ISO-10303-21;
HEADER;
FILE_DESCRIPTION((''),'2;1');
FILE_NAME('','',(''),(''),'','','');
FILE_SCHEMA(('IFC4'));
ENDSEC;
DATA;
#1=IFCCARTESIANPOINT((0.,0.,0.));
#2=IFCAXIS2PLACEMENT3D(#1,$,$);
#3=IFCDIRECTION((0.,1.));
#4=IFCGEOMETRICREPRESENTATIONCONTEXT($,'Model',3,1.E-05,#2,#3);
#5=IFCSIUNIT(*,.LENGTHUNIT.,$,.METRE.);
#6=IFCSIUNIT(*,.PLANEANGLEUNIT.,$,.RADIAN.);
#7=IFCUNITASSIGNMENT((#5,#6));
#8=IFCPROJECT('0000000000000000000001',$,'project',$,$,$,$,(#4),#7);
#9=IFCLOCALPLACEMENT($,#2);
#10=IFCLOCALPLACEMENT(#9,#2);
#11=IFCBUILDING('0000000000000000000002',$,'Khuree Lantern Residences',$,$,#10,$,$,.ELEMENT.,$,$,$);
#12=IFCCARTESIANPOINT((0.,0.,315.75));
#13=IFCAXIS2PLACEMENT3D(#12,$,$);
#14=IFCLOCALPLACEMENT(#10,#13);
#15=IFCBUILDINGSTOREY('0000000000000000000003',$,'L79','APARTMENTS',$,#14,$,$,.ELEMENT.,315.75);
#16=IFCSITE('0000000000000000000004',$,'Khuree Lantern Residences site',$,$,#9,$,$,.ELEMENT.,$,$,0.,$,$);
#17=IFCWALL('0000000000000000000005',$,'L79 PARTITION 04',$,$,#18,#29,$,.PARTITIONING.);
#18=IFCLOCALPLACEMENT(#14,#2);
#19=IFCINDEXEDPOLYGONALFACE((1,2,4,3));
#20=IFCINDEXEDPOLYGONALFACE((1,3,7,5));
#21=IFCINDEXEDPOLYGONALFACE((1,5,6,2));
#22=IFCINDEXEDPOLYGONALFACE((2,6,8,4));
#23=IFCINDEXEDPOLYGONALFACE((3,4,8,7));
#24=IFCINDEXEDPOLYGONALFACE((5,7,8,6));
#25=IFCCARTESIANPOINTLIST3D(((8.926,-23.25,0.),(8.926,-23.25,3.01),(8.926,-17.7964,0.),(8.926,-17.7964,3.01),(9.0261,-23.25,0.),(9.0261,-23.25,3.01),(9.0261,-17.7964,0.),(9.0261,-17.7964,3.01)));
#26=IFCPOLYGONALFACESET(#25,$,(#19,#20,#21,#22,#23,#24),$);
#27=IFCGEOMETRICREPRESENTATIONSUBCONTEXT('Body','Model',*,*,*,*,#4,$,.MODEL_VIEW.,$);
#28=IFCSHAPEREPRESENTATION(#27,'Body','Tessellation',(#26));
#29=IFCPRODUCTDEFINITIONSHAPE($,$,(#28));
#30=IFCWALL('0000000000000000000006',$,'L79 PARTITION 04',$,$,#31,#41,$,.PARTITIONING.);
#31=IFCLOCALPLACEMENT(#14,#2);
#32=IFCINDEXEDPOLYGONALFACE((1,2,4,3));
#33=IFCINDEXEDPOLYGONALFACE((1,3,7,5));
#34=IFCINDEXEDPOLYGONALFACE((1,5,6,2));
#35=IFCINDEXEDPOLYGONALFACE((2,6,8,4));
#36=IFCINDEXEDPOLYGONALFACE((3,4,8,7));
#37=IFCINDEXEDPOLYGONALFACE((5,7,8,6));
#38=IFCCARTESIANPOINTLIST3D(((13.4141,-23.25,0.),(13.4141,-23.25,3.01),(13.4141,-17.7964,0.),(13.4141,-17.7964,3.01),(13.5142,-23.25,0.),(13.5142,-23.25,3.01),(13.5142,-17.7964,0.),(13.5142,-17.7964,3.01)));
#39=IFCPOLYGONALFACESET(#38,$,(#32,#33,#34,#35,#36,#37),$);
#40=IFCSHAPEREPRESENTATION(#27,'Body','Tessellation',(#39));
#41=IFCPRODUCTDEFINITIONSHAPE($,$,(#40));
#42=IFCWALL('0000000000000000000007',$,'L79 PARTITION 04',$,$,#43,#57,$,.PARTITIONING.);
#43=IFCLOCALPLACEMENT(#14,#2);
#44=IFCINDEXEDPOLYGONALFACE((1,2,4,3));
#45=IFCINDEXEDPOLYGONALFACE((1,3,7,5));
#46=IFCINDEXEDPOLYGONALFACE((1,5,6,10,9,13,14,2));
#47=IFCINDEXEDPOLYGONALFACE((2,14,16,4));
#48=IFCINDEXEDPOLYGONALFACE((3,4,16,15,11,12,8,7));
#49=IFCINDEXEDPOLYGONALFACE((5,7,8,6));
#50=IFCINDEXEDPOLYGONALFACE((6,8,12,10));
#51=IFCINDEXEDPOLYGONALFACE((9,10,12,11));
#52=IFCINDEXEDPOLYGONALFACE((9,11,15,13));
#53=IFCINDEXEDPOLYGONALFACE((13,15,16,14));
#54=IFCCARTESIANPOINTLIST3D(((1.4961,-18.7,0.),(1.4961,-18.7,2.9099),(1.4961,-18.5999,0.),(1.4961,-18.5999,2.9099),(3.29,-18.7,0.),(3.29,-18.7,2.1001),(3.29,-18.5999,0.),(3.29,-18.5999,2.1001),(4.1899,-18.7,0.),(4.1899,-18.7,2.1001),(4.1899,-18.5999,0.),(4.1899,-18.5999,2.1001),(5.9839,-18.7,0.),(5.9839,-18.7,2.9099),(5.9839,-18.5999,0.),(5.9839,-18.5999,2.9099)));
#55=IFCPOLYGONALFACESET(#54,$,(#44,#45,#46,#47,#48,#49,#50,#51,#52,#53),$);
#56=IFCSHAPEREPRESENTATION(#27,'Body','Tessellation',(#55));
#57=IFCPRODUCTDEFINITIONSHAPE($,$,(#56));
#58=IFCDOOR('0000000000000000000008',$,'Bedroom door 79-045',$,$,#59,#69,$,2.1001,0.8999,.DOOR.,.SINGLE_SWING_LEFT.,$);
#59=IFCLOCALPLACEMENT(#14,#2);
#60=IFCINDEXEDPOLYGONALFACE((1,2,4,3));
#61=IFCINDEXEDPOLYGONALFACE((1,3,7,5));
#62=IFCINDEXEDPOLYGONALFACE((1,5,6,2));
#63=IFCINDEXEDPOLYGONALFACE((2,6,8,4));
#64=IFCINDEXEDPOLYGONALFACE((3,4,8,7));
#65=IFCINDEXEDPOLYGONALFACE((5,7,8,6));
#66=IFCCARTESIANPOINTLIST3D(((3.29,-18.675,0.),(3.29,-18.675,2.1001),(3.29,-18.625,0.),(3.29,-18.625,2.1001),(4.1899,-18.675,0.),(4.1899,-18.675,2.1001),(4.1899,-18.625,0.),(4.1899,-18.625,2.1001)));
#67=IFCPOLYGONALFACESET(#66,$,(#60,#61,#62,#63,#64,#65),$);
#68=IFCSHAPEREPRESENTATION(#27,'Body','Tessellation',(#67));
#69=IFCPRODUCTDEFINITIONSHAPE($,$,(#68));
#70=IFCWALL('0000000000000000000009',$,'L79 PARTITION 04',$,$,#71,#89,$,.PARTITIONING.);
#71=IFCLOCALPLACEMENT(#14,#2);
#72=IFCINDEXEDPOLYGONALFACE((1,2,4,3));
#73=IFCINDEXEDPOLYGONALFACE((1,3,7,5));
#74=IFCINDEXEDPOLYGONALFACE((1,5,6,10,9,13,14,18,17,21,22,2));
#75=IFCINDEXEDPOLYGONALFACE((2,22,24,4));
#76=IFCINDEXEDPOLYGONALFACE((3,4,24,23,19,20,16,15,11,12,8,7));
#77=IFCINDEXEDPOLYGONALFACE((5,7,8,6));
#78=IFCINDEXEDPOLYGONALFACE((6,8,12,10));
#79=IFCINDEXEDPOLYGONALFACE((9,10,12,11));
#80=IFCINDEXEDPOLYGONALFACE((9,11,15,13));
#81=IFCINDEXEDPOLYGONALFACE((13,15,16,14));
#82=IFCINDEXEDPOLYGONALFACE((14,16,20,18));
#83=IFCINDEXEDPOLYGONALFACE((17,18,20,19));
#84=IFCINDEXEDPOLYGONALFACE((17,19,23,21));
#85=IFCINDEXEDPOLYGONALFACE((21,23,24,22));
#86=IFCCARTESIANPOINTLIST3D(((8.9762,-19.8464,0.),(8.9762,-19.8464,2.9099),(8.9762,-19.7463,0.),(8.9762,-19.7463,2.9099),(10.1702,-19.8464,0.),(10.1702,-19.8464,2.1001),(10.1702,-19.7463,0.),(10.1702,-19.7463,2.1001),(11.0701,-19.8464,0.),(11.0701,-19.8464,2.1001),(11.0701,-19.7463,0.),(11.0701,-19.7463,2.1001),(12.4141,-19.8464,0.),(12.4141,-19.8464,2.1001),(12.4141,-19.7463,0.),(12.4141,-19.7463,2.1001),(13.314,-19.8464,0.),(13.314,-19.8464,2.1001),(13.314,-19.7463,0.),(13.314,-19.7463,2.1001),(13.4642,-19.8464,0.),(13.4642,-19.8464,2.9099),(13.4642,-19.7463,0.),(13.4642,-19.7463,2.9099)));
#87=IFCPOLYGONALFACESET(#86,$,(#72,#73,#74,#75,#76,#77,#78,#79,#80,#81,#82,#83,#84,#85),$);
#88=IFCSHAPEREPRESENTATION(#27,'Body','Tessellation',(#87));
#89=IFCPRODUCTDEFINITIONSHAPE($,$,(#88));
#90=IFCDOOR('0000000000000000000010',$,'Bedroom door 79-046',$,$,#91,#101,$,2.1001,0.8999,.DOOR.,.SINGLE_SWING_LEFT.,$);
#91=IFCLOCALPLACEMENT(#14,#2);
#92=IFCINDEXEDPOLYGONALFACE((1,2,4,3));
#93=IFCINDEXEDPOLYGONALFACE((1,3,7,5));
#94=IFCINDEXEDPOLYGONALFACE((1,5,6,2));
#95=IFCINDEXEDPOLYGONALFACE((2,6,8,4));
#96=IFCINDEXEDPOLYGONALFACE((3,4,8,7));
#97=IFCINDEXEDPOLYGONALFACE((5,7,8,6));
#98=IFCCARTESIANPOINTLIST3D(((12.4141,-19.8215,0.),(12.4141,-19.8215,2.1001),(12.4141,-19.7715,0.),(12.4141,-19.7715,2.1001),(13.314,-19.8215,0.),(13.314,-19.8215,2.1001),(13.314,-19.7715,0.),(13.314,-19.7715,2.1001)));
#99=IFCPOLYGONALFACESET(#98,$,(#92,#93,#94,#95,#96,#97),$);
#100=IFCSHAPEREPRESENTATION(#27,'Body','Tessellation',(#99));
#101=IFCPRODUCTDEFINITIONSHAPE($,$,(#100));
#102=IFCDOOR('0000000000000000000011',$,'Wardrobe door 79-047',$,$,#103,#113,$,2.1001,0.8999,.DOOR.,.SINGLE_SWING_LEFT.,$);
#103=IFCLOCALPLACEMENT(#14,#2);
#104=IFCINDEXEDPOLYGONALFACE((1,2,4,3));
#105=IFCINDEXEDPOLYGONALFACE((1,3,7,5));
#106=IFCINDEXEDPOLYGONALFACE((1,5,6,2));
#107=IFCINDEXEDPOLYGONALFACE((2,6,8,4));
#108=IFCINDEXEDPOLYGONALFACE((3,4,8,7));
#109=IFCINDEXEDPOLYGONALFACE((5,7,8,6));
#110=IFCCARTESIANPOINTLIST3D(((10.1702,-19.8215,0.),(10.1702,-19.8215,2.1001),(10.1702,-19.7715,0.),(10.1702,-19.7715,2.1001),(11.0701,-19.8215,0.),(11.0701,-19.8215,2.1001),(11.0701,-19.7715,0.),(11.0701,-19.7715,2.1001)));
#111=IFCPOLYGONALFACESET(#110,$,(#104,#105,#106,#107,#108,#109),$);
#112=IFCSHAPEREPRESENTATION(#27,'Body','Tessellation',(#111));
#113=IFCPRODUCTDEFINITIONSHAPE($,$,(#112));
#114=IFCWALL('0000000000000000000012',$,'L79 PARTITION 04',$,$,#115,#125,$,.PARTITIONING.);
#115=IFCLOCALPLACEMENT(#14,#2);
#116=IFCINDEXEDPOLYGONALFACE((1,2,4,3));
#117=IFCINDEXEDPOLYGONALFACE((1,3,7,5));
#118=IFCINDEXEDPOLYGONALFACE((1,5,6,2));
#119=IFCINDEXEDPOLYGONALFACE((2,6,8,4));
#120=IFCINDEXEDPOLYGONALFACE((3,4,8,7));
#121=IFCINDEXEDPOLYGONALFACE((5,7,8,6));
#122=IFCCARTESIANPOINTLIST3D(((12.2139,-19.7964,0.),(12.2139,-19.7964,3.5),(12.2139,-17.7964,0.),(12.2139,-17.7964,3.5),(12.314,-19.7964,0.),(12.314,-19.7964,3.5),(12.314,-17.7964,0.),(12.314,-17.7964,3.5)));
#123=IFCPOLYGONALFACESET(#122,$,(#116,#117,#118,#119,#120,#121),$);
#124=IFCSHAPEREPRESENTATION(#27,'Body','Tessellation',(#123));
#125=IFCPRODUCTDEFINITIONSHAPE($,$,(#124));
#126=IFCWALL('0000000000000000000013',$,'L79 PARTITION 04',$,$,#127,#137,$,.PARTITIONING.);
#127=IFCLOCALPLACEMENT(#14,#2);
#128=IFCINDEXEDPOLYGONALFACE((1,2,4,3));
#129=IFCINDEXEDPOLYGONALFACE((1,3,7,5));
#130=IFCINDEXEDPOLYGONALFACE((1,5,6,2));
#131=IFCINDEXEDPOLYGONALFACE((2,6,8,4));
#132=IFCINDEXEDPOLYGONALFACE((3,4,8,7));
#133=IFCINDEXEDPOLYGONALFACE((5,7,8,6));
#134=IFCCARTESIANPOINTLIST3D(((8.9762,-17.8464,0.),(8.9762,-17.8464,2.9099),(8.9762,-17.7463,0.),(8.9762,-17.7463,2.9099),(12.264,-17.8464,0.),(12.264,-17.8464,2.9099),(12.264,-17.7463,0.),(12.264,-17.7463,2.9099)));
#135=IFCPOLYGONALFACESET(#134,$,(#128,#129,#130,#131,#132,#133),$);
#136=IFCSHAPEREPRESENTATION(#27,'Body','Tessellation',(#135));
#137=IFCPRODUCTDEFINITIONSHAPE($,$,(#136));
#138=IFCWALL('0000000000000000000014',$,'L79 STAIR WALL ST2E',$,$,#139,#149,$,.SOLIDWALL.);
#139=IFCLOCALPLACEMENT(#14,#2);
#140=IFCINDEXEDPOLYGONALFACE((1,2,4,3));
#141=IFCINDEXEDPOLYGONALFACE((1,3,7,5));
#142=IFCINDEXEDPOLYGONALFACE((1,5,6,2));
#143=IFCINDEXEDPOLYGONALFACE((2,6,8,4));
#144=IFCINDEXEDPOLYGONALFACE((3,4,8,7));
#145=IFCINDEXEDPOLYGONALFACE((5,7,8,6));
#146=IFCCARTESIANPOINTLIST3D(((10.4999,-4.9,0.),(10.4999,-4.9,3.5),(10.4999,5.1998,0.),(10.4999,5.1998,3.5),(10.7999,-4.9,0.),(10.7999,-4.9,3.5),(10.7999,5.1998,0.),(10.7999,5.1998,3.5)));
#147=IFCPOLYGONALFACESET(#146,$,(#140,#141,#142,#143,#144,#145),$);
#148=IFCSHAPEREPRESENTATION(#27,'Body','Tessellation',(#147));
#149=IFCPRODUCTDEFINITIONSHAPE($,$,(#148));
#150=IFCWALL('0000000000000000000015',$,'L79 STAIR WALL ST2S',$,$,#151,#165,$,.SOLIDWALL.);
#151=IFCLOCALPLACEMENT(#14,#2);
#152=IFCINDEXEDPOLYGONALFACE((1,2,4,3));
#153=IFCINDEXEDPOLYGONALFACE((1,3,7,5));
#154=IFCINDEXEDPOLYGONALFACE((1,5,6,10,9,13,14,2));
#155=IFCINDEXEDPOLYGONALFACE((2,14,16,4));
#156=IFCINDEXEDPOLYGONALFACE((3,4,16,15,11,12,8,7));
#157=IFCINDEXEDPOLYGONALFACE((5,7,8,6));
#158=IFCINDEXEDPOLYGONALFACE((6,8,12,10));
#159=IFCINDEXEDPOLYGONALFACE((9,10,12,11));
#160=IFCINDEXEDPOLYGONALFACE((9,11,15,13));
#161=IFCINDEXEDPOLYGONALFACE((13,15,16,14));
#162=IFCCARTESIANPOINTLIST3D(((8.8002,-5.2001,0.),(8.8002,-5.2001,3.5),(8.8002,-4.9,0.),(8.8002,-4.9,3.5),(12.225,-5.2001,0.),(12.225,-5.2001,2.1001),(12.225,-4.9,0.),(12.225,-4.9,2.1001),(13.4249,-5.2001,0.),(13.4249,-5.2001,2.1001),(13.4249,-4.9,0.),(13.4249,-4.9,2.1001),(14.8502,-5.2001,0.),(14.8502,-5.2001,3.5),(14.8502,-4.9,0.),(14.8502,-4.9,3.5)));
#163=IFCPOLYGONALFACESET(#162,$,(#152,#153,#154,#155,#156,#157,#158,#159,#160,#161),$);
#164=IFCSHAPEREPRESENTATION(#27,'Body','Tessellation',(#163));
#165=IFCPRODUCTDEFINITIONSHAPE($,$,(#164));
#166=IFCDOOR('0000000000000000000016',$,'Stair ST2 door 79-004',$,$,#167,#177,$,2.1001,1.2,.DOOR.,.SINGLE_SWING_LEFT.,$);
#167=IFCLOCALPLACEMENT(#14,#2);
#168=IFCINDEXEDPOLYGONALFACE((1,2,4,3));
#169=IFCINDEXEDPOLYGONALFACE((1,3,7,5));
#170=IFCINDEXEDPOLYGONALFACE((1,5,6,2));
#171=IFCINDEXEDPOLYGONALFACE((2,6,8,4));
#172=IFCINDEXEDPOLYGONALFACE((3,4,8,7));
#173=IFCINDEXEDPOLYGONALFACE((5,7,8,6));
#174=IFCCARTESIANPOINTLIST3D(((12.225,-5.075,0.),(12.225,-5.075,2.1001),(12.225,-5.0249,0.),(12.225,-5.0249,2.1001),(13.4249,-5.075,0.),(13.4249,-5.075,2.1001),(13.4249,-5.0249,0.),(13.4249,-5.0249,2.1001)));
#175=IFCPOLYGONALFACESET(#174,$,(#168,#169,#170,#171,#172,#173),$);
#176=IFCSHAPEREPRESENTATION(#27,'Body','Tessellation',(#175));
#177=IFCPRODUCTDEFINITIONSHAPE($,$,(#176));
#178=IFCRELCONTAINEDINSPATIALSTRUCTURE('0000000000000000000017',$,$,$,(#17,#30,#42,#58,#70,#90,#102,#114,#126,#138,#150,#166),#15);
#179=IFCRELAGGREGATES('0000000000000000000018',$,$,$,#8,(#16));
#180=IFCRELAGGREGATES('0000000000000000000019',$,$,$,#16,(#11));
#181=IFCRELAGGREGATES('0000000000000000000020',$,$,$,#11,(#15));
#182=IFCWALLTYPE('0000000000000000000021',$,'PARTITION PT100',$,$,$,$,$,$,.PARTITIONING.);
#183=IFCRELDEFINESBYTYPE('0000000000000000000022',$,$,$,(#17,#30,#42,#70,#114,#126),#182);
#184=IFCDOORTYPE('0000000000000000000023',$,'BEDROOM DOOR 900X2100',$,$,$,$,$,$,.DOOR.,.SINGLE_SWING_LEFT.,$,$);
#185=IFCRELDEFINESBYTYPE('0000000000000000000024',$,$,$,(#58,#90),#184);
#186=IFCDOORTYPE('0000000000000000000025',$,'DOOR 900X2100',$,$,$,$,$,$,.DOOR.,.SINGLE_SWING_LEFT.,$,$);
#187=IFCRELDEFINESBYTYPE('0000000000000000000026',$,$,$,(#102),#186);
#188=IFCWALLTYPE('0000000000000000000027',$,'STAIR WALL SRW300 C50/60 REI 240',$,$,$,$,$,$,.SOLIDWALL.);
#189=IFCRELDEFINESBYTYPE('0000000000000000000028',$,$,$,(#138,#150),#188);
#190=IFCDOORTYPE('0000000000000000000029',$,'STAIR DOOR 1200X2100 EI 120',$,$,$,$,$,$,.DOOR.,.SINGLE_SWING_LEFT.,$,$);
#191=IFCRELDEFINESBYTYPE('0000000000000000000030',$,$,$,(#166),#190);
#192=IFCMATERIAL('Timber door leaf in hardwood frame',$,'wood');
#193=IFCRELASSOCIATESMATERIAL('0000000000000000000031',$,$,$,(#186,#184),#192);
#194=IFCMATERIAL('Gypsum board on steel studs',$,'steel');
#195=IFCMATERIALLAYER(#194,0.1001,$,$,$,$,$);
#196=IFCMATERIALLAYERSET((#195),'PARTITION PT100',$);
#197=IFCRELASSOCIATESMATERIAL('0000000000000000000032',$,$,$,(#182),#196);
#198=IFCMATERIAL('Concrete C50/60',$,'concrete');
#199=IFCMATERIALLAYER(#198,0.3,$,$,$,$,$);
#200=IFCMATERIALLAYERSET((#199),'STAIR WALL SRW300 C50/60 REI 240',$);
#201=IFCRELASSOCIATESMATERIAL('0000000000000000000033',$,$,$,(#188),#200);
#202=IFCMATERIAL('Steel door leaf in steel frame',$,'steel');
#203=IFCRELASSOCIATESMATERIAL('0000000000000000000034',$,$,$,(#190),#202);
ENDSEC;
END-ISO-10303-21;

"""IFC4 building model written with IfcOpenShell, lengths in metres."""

from ifc_helpers import new_model, si_unit, direction, frame, frame_2d, origin, place, context, subcontext, project, spatial, rectangle, extrude, material, layer, layer_set, type_object, element, fill, save


model = new_model("IFC4")

# Units and contexts
model_context = context("Model", 3, precision=1e-05, world=origin(), true_north=direction((0.0, 1.0)))
body_context = subcontext(model_context, "Body", "Model", "MODEL_VIEW")
ifc_project = project(units=[si_unit("LENGTHUNIT", "METRE"), si_unit("PLANEANGLEUNIT", "RADIAN")], contexts=[model_context])

# Site, building, storey
site_placement = place(None, origin())
site = spatial("IfcSite", under=ifc_project, at=site_placement, Name="Khuree Lantern Residences site", CompositionType="ELEMENT", RefElevation=0.0)
building_placement = place(site_placement, origin())
building = spatial("IfcBuilding", under=site, at=building_placement, Name="Khuree Lantern Residences", CompositionType="ELEMENT")
storey_placement = place(building_placement, frame((0.0, 0.0, 315.75)))
storey = spatial("IfcBuildingStorey", under=building, at=storey_placement, Name="L79", Description="APARTMENTS", CompositionType="ELEMENT", Elevation=315.75)

# Shared definitions
ifc_material_1 = material(Name="Timber door leaf in hardwood frame", Category="wood")
door_type_1 = type_object("IfcDoorType", Name="DOOR 900X2100", OperationType="SINGLE_SWING_LEFT", PredefinedType="DOOR", material=ifc_material_1)

# Walls
ifc_material_2 = material(Name="Gypsum board on steel studs", Category="steel")
ifc_layer_1 = layer(ifc_material_2, 0.1001)
ifc_layer_set_1 = layer_set([ifc_layer_1], Name="PARTITION PT100")
wall_type_1 = type_object("IfcWallType", Name="PARTITION PT100", PredefinedType="PARTITIONING", material=ifc_layer_set_1)
for number, where, z_axis, x_axis, name in (
    (1, (8.9761, -17.7964, 0.0), (0.0, 0.0, 1.0), (0.0, -1.0, 0.0), "L79 PARTITION 04"),
    (2, (13.4641, -17.7964, 0.0), (0.0, 0.0, 1.0), (0.0, -1.0, 0.0), "L79 PARTITION 04"),
):
    element("IfcWall", number, at=place(storey_placement, frame(where, z_axis=z_axis, x_axis=x_axis)), inside=storey, type_object=wall_type_1, Name=name, PredefinedType="PARTITIONING", context=body_context, shape_type="SweptSolid", body=[
        extrude(rectangle(XDim=5.4536, YDim=0.1001, at=frame_2d((2.7268, 0.0))), origin(), (0.0, 0.0, 1.0), 3.01),
    ])

# Wall, opening, door
wall_1_placement = place(storey_placement, frame((1.4961, -18.6499, 0.0), z_axis=(0.0, 0.0, 1.0), x_axis=(1.0, 0.0, 0.0)))
wall_1 = element("IfcWall", 3, at=wall_1_placement, inside=storey, type_object=wall_type_1, Name="L79 PARTITION 04", PredefinedType="PARTITIONING", context=body_context, shape_type="SweptSolid", body=[
    extrude(rectangle(XDim=4.4878, YDim=0.1001, at=frame_2d((2.2439, 0.0))), origin(), (0.0, 0.0, 1.0), 2.9099),
])
opening_1_placement = place(wall_1_placement, frame((1.7939, 0.0, 0.0)))
opening_1 = element("IfcOpeningElement", 4, at=opening_1_placement, cuts=wall_1, PredefinedType="OPENING", context=body_context, shape_type="SweptSolid", body=[
    extrude(rectangle(XDim=0.8999, YDim=2.1001, at=frame_2d((0.45, 1.05))), frame((0.0, 0.0601, 0.0), z_axis=(0.0, -1.0, 0.0), x_axis=(1.0, 0.0, 0.0)), (0.0, 0.0, 1.0), 0.1201),
])
door_type_2 = type_object("IfcDoorType", Name="BEDROOM DOOR 900X2100", OperationType="SINGLE_SWING_LEFT", PredefinedType="DOOR", material=ifc_material_1)
door_1_placement = place(opening_1_placement, origin())
door_1 = element("IfcDoor", 5, at=door_1_placement, inside=storey, type_object=door_type_2, Name="Bedroom door 79-045", OperationType="SINGLE_SWING_LEFT", OverallHeight=2.1001, OverallWidth=0.8999, PredefinedType="DOOR", context=body_context, shape_type="SweptSolid", body=[
    extrude(rectangle(XDim=0.8999, YDim=2.1001, at=frame_2d((0.45, 1.05))), frame((0.0, 0.0249, 0.0), z_axis=(0.0, -1.0, 0.0), x_axis=(1.0, 0.0, 0.0)), (0.0, 0.0, 1.0), 0.05),
])
fill(opening_1, door_1)

# Wall, openings, doors
wall_2_placement = place(storey_placement, frame((8.9761, -19.7964, 0.0), z_axis=(0.0, 0.0, 1.0), x_axis=(1.0, 0.0, 0.0)))
wall_2 = element("IfcWall", 6, at=wall_2_placement, inside=storey, type_object=wall_type_1, Name="L79 PARTITION 04", PredefinedType="PARTITIONING", context=body_context, shape_type="SweptSolid", body=[
    extrude(rectangle(XDim=4.488, YDim=0.1001, at=frame_2d((2.2441, 0.0))), origin(), (0.0, 0.0, 1.0), 2.9099),
])
opening_2_placement = place(wall_2_placement, frame((3.438, 0.0, 0.0)))
opening_2 = element("IfcOpeningElement", 7, at=opening_2_placement, cuts=wall_2, PredefinedType="OPENING", context=body_context, shape_type="SweptSolid", body=[
    extrude(rectangle(XDim=0.8999, YDim=2.1001, at=frame_2d((0.45, 1.05))), frame((0.0, 0.0601, 0.0), z_axis=(0.0, -1.0, 0.0), x_axis=(1.0, 0.0, 0.0)), (0.0, 0.0, 1.0), 0.1201),
])
opening_3_placement = place(wall_2_placement, frame((1.1941, 0.0, 0.0)))
opening_3 = element("IfcOpeningElement", 8, at=opening_3_placement, cuts=wall_2, PredefinedType="OPENING", context=body_context, shape_type="SweptSolid", body=[
    extrude(rectangle(XDim=0.8999, YDim=2.1001, at=frame_2d((0.45, 1.05))), frame((0.0, 0.0601, 0.0), z_axis=(0.0, -1.0, 0.0), x_axis=(1.0, 0.0, 0.0)), (0.0, 0.0, 1.0), 0.1201),
])
door_2_placement = place(opening_2_placement, origin())
door_2 = element("IfcDoor", 9, at=door_2_placement, inside=storey, type_object=door_type_2, Name="Bedroom door 79-046", OperationType="SINGLE_SWING_LEFT", OverallHeight=2.1001, OverallWidth=0.8999, PredefinedType="DOOR", context=body_context, shape_type="SweptSolid", body=[
    extrude(rectangle(XDim=0.8999, YDim=2.1001, at=frame_2d((0.45, 1.05))), frame((0.0, 0.0249, 0.0), z_axis=(0.0, -1.0, 0.0), x_axis=(1.0, 0.0, 0.0)), (0.0, 0.0, 1.0), 0.05),
])
fill(opening_2, door_2)
door_3_placement = place(opening_3_placement, origin())
door_3 = element("IfcDoor", 10, at=door_3_placement, inside=storey, type_object=door_type_1, Name="Wardrobe door 79-047", OperationType="SINGLE_SWING_LEFT", OverallHeight=2.1001, OverallWidth=0.8999, PredefinedType="DOOR", context=body_context, shape_type="SweptSolid", body=[
    extrude(rectangle(XDim=0.8999, YDim=2.1001, at=frame_2d((0.45, 1.05))), frame((0.0, 0.0249, 0.0), z_axis=(0.0, -1.0, 0.0), x_axis=(1.0, 0.0, 0.0)), (0.0, 0.0, 1.0), 0.05),
])
fill(opening_3, door_3)

# Walls
wall_3_placement = place(storey_placement, frame((12.2639, -17.7964, 0.0), z_axis=(0.0, 0.0, 1.0), x_axis=(0.0, -1.0, 0.0)))
element("IfcWall", 11, at=wall_3_placement, inside=storey, type_object=wall_type_1, Name="L79 PARTITION 04", PredefinedType="PARTITIONING", context=body_context, shape_type="SweptSolid", body=[
    extrude(rectangle(XDim=2.0, YDim=0.1001, at=frame_2d((1.0, 0.0))), origin(), (0.0, 0.0, 1.0), 3.5),
])
wall_4_placement = place(storey_placement, frame((8.9761, -17.7964, 0.0), z_axis=(0.0, 0.0, 1.0), x_axis=(1.0, 0.0, 0.0)))
element("IfcWall", 12, at=wall_4_placement, inside=storey, type_object=wall_type_1, Name="L79 PARTITION 04", PredefinedType="PARTITIONING", context=body_context, shape_type="SweptSolid", body=[
    extrude(rectangle(XDim=3.2878, YDim=0.1001, at=frame_2d((1.644, 0.0))), origin(), (0.0, 0.0, 1.0), 2.9099),
])
ifc_material_3 = material(Name="Concrete C50/60", Category="concrete")
ifc_layer_2 = layer(ifc_material_3, 0.3)
ifc_layer_set_2 = layer_set([ifc_layer_2], Name="STAIR WALL SRW300 C50/60 REI 240")
wall_type_2 = type_object("IfcWallType", Name="STAIR WALL SRW300 C50/60 REI 240", PredefinedType="SOLIDWALL", material=ifc_layer_set_2)
wall_5_placement = place(storey_placement, frame((10.6499, -4.8999, 0.0), z_axis=(0.0, 0.0, 1.0), x_axis=(0.0, 1.0, 0.0)))
element("IfcWall", 13, at=wall_5_placement, inside=storey, type_object=wall_type_2, Name="L79 STAIR WALL ST2E", PredefinedType="SOLIDWALL", context=body_context, shape_type="SweptSolid", body=[
    extrude(rectangle(XDim=10.0999, YDim=0.3, at=frame_2d((5.0498, 0.0))), origin(), (0.0, 0.0, 1.0), 3.5),
])

# Wall, opening, door
wall_6_placement = place(storey_placement, frame((14.8501, -5.05, 0.0), z_axis=(0.0, 0.0, 1.0), x_axis=(-1.0, 0.0, 0.0)))
wall_6 = element("IfcWall", 14, at=wall_6_placement, inside=storey, type_object=wall_type_2, Name="L79 STAIR WALL ST2S", PredefinedType="SOLIDWALL", context=body_context, shape_type="SweptSolid", body=[
    extrude(rectangle(XDim=6.05, YDim=0.3, at=frame_2d((3.0249, 0.0))), origin(), (0.0, 0.0, 1.0), 3.5),
])
opening_4_placement = place(wall_6_placement, frame((1.425, 0.0, 0.0)))
opening_4 = element("IfcOpeningElement", 15, at=opening_4_placement, cuts=wall_6, PredefinedType="OPENING", context=body_context, shape_type="SweptSolid", body=[
    extrude(rectangle(XDim=1.2, YDim=2.1001, at=frame_2d((0.6001, 1.05))), frame((0.0, 0.1602, 0.0), z_axis=(0.0, -1.0, 0.0), x_axis=(1.0, 0.0, 0.0)), (0.0, 0.0, 1.0), 0.3201),
])
ifc_material_4 = material(Name="Steel door leaf in steel frame", Category="steel")
door_type_3 = type_object("IfcDoorType", Name="STAIR DOOR 1200X2100 EI 120", OperationType="SINGLE_SWING_LEFT", PredefinedType="DOOR", material=ifc_material_4)
door_4_placement = place(opening_4_placement, origin())
door_4 = element("IfcDoor", 16, at=door_4_placement, inside=storey, type_object=door_type_3, Name="Stair ST2 door 79-004", OperationType="SINGLE_SWING_LEFT", OverallHeight=2.1001, OverallWidth=1.2, PredefinedType="DOOR", context=body_context, shape_type="SweptSolid", body=[
    extrude(rectangle(XDim=1.2, YDim=2.1001, at=frame_2d((0.6001, 1.05))), frame((0.0, 0.0249, 0.0), z_axis=(0.0, -1.0, 0.0), x_axis=(1.0, 0.0, 0.0)), (0.0, 0.0, 1.0), 0.05),
])
fill(opening_4, door_4)

save(model, "model.ifc")
